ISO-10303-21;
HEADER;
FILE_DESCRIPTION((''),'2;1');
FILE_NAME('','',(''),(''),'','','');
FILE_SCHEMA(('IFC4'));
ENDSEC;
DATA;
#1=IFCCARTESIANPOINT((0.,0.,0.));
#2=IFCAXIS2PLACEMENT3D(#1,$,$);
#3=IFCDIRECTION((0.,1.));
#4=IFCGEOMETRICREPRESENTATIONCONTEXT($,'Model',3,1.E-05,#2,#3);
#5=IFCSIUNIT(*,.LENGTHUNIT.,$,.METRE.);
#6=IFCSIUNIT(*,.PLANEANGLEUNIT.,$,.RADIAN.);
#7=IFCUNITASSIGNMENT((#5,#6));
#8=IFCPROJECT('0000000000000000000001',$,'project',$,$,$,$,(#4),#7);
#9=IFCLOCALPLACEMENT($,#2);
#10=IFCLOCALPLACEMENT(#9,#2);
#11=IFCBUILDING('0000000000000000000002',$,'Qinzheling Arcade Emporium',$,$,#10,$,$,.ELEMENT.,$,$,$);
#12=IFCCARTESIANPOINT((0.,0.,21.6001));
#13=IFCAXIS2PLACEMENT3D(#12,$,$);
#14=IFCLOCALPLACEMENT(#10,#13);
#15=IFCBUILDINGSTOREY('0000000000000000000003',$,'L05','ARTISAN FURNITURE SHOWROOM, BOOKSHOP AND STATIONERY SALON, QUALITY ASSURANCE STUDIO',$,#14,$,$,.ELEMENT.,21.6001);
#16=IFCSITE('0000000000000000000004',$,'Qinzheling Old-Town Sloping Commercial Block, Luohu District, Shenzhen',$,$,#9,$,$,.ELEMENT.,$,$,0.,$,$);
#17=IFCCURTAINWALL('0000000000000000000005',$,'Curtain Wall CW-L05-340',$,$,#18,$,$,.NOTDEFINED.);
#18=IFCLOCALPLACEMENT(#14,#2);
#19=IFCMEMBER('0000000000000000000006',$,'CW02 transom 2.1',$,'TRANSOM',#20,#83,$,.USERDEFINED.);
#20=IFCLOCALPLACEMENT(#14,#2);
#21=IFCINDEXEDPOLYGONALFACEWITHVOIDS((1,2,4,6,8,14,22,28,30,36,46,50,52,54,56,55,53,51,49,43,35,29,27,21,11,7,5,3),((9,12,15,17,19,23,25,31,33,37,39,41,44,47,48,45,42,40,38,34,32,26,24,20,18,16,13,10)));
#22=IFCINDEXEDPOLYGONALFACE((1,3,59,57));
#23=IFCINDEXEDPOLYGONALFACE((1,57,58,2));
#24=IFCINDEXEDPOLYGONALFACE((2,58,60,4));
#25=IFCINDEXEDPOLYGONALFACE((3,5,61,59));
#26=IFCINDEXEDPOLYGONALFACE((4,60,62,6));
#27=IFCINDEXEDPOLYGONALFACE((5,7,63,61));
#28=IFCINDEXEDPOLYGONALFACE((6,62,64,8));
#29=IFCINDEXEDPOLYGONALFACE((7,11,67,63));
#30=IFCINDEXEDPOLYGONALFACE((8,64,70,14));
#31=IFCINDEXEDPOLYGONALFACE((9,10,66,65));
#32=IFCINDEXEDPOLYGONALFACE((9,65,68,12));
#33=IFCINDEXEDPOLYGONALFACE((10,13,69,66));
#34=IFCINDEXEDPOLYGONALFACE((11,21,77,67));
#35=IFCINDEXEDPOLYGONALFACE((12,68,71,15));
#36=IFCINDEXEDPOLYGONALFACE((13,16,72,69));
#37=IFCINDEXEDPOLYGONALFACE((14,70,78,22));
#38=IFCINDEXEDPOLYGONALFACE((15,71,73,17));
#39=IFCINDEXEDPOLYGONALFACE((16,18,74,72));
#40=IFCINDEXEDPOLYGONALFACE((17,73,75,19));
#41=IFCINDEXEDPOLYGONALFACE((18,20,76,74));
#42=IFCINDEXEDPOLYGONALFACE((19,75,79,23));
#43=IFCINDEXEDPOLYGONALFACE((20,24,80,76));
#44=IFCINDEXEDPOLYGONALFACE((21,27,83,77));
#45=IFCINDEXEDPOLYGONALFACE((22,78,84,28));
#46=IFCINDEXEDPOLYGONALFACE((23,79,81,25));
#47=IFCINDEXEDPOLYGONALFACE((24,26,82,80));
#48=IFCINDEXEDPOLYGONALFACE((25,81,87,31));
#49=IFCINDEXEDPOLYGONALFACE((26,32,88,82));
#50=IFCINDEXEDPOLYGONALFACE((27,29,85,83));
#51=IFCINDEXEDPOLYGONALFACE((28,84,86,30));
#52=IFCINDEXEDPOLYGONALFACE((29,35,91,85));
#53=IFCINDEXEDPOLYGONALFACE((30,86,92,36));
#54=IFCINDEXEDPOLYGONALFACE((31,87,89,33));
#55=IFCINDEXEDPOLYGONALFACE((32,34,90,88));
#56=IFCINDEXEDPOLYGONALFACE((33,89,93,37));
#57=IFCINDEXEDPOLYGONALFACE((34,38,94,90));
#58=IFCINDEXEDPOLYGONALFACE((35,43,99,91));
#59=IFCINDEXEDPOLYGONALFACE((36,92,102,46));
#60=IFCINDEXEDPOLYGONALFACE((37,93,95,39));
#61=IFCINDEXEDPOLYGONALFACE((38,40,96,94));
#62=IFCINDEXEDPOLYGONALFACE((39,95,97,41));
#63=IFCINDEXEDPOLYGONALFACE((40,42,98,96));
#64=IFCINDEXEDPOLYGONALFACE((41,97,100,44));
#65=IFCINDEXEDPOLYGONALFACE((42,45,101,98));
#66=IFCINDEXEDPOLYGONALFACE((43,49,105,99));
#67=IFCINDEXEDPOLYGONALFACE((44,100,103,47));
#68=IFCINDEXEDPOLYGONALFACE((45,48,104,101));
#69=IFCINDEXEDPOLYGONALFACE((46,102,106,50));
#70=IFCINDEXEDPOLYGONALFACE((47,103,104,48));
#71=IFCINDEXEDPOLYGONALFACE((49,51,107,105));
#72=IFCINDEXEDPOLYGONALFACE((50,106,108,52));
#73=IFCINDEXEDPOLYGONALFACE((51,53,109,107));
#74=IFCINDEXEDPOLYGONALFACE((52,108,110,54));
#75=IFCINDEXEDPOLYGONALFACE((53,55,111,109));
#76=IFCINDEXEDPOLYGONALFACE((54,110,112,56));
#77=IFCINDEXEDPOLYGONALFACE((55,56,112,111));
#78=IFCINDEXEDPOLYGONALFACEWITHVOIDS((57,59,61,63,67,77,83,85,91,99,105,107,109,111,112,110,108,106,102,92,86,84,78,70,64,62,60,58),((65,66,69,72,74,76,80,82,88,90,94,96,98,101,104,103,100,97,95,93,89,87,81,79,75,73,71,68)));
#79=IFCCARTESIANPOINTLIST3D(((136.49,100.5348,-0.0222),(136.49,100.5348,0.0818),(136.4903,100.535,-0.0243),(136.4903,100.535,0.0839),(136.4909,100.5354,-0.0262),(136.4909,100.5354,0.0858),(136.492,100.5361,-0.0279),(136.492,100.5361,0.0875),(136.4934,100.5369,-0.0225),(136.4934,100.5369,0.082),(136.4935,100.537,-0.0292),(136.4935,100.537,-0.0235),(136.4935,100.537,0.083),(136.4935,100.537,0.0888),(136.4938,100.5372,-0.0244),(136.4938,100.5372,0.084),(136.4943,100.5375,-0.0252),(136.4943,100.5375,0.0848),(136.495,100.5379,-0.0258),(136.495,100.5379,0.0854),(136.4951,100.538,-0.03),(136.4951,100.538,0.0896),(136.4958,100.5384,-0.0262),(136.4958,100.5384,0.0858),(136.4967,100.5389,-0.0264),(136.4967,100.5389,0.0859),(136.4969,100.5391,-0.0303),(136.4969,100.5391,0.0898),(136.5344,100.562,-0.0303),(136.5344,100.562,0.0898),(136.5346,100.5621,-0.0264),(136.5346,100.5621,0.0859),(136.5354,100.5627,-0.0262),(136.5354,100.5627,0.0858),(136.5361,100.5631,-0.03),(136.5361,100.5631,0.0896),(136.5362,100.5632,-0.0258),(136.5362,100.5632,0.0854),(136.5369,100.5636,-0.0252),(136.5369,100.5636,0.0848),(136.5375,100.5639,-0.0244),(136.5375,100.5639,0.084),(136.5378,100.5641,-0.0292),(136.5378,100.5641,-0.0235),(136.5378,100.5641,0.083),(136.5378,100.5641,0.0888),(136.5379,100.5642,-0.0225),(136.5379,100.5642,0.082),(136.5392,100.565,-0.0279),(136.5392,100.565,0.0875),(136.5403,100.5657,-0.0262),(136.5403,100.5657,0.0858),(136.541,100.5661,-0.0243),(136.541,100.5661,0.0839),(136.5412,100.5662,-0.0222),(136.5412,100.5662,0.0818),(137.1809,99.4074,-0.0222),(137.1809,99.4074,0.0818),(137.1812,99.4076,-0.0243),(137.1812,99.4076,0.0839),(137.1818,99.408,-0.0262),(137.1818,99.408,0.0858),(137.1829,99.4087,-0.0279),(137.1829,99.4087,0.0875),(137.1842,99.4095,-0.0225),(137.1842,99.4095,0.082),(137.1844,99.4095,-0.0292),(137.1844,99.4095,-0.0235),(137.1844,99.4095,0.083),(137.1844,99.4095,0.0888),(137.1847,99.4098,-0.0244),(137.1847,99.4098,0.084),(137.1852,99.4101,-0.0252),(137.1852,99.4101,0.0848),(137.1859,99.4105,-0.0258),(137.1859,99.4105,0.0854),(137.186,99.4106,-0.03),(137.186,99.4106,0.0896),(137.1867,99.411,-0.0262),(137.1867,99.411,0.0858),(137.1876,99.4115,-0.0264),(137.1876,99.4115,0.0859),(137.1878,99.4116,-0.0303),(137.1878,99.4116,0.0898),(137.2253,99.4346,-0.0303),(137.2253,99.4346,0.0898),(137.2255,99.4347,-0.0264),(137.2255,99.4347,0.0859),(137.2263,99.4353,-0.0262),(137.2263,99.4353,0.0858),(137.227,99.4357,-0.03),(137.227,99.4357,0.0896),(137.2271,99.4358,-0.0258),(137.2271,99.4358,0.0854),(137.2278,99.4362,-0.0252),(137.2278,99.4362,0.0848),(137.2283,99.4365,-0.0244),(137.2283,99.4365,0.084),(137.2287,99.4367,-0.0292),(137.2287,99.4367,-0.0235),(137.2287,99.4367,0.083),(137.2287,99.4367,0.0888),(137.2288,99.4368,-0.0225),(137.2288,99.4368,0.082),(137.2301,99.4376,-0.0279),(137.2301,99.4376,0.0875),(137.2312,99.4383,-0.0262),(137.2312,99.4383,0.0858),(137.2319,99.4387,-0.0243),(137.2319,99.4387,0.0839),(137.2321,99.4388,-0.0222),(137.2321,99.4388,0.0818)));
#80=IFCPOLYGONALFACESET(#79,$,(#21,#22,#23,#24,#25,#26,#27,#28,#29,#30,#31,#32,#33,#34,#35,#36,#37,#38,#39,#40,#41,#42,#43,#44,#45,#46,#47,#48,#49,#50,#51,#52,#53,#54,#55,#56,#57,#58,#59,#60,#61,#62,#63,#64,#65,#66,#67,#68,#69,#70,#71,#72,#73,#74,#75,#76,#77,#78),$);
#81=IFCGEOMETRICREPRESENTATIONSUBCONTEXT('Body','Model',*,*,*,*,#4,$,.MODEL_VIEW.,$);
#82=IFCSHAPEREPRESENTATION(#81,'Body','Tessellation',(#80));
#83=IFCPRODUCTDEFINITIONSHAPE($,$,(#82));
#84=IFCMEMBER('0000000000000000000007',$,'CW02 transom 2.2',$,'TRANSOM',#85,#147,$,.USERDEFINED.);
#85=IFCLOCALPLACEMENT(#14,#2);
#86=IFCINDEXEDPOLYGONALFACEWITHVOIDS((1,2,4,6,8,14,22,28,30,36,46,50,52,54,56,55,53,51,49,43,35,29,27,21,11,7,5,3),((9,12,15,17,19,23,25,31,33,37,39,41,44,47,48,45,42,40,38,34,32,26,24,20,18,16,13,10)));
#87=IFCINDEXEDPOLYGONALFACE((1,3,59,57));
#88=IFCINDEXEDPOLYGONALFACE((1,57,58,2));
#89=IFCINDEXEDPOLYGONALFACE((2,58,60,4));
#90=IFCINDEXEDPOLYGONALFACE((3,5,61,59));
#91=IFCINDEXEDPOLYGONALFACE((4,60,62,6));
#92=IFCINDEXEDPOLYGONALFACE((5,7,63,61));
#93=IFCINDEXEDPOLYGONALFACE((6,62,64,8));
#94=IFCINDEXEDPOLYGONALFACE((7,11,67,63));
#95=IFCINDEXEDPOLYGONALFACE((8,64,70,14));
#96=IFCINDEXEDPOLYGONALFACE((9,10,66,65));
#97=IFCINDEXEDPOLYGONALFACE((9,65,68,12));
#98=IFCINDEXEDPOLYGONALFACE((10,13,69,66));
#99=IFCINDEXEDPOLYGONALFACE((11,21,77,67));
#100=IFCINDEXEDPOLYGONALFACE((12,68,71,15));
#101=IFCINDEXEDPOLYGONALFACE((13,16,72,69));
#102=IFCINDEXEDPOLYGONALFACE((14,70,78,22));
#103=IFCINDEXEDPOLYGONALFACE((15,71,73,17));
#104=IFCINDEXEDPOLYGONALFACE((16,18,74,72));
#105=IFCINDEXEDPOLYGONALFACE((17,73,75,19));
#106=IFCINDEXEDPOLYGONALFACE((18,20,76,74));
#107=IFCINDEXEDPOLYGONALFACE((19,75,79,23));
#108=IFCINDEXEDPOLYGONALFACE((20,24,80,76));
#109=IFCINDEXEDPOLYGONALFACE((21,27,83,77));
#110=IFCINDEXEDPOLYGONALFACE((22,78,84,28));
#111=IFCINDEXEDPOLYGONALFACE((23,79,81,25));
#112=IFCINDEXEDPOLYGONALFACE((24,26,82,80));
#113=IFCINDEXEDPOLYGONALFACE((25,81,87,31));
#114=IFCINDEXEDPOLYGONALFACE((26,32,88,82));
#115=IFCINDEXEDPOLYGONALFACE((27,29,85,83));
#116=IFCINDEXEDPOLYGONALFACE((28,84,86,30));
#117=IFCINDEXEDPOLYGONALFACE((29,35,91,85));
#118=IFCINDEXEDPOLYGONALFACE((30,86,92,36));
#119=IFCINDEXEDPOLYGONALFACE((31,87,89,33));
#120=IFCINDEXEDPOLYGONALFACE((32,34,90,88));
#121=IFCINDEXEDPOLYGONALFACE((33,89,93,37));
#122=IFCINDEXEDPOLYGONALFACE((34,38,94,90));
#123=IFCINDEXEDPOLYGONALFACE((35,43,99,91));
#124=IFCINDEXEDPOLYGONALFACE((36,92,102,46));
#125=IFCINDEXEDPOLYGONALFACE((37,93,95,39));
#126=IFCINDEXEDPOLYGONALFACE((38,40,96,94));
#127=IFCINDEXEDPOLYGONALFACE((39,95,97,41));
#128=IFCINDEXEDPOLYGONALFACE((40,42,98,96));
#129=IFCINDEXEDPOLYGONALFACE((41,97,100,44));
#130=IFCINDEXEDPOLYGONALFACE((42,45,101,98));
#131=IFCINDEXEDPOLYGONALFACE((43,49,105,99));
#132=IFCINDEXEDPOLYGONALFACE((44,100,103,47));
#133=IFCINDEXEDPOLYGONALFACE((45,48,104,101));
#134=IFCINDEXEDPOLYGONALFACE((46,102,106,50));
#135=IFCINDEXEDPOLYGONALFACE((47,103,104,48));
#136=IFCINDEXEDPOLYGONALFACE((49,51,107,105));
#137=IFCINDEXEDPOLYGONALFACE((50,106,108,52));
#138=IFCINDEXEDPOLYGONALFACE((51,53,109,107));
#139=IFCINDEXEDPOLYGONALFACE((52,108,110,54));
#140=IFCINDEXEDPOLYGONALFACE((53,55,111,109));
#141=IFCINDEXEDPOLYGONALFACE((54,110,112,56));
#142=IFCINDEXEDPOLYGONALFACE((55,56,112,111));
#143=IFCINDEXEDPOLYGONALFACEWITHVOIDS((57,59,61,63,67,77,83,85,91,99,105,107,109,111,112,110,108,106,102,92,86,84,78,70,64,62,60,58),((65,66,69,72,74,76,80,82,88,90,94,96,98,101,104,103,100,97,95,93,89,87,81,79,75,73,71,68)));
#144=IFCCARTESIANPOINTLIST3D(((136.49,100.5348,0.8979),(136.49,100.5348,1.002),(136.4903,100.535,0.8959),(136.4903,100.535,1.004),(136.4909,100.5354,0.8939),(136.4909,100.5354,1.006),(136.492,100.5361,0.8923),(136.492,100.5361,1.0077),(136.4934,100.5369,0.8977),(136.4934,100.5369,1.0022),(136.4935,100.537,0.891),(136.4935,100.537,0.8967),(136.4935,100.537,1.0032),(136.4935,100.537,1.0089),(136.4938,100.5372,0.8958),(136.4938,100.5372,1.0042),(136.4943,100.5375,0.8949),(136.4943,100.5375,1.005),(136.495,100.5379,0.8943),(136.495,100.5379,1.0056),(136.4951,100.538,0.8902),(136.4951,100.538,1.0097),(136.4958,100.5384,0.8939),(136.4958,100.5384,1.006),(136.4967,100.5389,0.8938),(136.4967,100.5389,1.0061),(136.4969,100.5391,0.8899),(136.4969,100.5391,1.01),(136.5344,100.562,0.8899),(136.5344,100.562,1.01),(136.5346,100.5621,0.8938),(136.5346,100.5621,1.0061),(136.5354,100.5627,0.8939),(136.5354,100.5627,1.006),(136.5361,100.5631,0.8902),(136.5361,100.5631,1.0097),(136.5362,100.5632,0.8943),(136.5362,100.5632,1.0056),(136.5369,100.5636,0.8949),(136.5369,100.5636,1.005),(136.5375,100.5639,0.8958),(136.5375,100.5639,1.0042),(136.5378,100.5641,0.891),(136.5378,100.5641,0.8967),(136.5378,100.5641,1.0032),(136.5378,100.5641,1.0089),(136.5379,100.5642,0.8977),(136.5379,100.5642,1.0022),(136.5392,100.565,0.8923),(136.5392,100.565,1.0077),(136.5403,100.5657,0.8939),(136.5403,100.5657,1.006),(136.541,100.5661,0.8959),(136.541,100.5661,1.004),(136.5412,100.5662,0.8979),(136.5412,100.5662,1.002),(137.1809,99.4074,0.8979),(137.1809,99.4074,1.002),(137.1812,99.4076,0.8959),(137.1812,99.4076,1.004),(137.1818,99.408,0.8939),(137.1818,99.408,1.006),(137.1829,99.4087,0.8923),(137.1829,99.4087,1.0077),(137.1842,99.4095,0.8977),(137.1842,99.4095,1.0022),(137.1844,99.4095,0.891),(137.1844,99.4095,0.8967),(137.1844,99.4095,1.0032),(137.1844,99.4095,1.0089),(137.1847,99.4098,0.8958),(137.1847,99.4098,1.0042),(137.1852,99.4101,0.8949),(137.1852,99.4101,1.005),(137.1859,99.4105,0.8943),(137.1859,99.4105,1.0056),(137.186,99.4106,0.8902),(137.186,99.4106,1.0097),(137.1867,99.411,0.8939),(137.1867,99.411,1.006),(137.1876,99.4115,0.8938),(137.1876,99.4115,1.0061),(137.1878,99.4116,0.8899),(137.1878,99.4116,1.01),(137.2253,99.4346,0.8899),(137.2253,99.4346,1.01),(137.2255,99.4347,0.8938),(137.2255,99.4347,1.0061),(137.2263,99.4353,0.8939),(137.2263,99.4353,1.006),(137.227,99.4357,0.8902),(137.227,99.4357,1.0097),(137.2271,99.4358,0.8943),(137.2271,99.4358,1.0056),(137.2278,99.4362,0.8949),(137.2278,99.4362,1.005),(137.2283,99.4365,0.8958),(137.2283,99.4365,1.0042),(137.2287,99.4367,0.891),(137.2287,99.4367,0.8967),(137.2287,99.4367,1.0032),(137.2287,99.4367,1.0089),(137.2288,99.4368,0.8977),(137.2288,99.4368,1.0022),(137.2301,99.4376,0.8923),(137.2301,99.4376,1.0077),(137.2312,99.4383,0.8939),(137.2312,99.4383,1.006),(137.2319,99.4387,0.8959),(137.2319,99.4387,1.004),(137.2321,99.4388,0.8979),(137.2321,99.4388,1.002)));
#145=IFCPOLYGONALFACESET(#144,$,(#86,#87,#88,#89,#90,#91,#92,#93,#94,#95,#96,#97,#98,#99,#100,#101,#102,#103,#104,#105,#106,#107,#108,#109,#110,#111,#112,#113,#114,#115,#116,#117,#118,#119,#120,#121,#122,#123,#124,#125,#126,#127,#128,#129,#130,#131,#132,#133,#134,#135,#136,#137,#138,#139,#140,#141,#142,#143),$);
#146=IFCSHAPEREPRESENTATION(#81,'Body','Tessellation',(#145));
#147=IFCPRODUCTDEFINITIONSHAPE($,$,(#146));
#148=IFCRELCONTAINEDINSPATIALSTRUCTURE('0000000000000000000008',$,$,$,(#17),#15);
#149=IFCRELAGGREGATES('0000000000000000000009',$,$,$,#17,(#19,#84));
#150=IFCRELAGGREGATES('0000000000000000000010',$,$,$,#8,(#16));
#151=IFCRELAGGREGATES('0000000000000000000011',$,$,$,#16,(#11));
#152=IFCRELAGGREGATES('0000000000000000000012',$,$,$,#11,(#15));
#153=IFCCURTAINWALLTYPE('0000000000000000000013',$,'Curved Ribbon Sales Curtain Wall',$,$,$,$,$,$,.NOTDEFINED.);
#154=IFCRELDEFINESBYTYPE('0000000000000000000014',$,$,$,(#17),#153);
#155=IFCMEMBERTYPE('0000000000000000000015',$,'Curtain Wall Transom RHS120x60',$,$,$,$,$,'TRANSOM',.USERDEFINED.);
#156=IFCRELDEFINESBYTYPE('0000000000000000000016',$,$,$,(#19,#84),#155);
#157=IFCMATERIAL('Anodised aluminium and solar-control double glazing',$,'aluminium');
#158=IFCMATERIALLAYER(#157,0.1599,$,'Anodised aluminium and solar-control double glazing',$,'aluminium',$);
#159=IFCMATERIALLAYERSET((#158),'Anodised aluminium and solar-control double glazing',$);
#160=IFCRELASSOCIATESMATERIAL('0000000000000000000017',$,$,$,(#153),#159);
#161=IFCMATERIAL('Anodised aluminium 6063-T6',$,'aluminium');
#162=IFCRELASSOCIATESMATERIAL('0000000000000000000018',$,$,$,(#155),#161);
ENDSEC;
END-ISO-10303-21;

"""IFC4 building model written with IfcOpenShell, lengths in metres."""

from ifc_helpers import new_model, si_unit, direction, frame, origin, origin_2d, place, context, subcontext, project, spatial, hollow_rectangle, extrude, material, layer, layer_set, material_profile, profile_set, type_object, element, aggregate, save


model = new_model("IFC4")

# Units and contexts
model_context = context("Model", 3, precision=1e-05, world=origin(), true_north=direction((0.0, 1.0)))
body_context = subcontext(model_context, "Body", "Model", "MODEL_VIEW")
ifc_project = project(units=[si_unit("LENGTHUNIT", "METRE"), si_unit("PLANEANGLEUNIT", "RADIAN")], contexts=[model_context])

# Site, building, storey
site_placement = place(None, origin())
site = spatial("IfcSite", under=ifc_project, at=site_placement, Name="Qinzheling Old-Town Sloping Commercial Block, Luohu District, Shenzhen", CompositionType="ELEMENT", RefElevation=0.0)
building_placement = place(site_placement, origin())
building = spatial("IfcBuilding", under=site, at=building_placement, Name="Qinzheling Arcade Emporium", CompositionType="ELEMENT")
storey_placement = place(building_placement, frame((0.0, 0.0, 21.6001)))
storey = spatial("IfcBuildingStorey", under=building, at=storey_placement, Name="L05", Description="ARTISAN FURNITURE SHOWROOM, BOOKSHOP AND STATIONERY SALON, QUALITY ASSURANCE STUDIO", CompositionType="ELEMENT", Elevation=21.6001)

# Shared definitions
ifc_material_1 = material(Name="Anodised aluminium and solar-control double glazing", Category="aluminium")
ifc_layer_1 = layer(ifc_material_1, 0.1599, Name="Anodised aluminium and solar-control double glazing", Category="aluminium")
ifc_layer_set_1 = layer_set([ifc_layer_1], Name="Anodised aluminium and solar-control double glazing")
curtain_wall_type = type_object("IfcCurtainWallType", Name="Curved Ribbon Sales Curtain Wall", PredefinedType="NOTDEFINED", material=ifc_layer_set_1)
ifc_material_2 = material(Name="Anodised aluminium 6063-T6", Category="aluminium")

# Curtain wall
curtain_wall_1_placement = place(storey_placement, origin())
curtain_wall_1 = element("IfcCurtainWall", 1, at=curtain_wall_1_placement, inside=storey, type_object=curtain_wall_type, Name="Curtain Wall CW-L05-340", PredefinedType="NOTDEFINED")

# Members
ifc_material_profile_1 = material_profile(ifc_material_2, hollow_rectangle(XDim=0.0601, YDim=0.1201, WallThickness=0.0039, InnerFilletRadius=0.0039, OuterFilletRadius=0.0081, at=origin_2d()), Name="RHS 120x60x4", Category="aluminium")
ifc_profile_set_1 = profile_set([ifc_material_profile_1], Name="Anodised aluminium 6063-T6")
member_type_1 = type_object("IfcMemberType", Name="Curtain Wall Transom RHS120x60", ElementType="TRANSOM", PredefinedType="USERDEFINED", material=ifc_profile_set_1)
member_1_placement = place(storey_placement, frame((136.5156, 100.5505, 0.0298), z_axis=(0.52251, -0.852633, 0.0), x_axis=(0.852633, 0.52251, 0.0)))
member_1 = element("IfcMember", 2, at=member_1_placement, type_object=member_type_1, Name="CW02 transom 2.1", ObjectType="TRANSOM", PredefinedType="USERDEFINED", context=body_context, shape_type="SweptSolid", body=[
    extrude(hollow_rectangle(XDim=0.0601, YDim=0.1201, WallThickness=0.0039, InnerFilletRadius=0.0039, OuterFilletRadius=0.0081, at=origin_2d()), origin(), (0.0, 0.0, 1.0), 1.3223),
])
member_2_placement = place(storey_placement, frame((136.5156, 100.5505, 0.95), z_axis=(0.52251, -0.852633, 0.0), x_axis=(0.852633, 0.52251, 0.0)))
member_2 = element("IfcMember", 3, at=member_2_placement, type_object=member_type_1, Name="CW02 transom 2.2", ObjectType="TRANSOM", PredefinedType="USERDEFINED", context=body_context, shape_type="SweptSolid", body=[
    extrude(hollow_rectangle(XDim=0.0601, YDim=0.1201, WallThickness=0.0039, InnerFilletRadius=0.0039, OuterFilletRadius=0.0081, at=origin_2d()), origin(), (0.0, 0.0, 1.0), 1.3223),
])

aggregate(curtain_wall_1, [member_1, member_2])

save(model, "model.ifc")
